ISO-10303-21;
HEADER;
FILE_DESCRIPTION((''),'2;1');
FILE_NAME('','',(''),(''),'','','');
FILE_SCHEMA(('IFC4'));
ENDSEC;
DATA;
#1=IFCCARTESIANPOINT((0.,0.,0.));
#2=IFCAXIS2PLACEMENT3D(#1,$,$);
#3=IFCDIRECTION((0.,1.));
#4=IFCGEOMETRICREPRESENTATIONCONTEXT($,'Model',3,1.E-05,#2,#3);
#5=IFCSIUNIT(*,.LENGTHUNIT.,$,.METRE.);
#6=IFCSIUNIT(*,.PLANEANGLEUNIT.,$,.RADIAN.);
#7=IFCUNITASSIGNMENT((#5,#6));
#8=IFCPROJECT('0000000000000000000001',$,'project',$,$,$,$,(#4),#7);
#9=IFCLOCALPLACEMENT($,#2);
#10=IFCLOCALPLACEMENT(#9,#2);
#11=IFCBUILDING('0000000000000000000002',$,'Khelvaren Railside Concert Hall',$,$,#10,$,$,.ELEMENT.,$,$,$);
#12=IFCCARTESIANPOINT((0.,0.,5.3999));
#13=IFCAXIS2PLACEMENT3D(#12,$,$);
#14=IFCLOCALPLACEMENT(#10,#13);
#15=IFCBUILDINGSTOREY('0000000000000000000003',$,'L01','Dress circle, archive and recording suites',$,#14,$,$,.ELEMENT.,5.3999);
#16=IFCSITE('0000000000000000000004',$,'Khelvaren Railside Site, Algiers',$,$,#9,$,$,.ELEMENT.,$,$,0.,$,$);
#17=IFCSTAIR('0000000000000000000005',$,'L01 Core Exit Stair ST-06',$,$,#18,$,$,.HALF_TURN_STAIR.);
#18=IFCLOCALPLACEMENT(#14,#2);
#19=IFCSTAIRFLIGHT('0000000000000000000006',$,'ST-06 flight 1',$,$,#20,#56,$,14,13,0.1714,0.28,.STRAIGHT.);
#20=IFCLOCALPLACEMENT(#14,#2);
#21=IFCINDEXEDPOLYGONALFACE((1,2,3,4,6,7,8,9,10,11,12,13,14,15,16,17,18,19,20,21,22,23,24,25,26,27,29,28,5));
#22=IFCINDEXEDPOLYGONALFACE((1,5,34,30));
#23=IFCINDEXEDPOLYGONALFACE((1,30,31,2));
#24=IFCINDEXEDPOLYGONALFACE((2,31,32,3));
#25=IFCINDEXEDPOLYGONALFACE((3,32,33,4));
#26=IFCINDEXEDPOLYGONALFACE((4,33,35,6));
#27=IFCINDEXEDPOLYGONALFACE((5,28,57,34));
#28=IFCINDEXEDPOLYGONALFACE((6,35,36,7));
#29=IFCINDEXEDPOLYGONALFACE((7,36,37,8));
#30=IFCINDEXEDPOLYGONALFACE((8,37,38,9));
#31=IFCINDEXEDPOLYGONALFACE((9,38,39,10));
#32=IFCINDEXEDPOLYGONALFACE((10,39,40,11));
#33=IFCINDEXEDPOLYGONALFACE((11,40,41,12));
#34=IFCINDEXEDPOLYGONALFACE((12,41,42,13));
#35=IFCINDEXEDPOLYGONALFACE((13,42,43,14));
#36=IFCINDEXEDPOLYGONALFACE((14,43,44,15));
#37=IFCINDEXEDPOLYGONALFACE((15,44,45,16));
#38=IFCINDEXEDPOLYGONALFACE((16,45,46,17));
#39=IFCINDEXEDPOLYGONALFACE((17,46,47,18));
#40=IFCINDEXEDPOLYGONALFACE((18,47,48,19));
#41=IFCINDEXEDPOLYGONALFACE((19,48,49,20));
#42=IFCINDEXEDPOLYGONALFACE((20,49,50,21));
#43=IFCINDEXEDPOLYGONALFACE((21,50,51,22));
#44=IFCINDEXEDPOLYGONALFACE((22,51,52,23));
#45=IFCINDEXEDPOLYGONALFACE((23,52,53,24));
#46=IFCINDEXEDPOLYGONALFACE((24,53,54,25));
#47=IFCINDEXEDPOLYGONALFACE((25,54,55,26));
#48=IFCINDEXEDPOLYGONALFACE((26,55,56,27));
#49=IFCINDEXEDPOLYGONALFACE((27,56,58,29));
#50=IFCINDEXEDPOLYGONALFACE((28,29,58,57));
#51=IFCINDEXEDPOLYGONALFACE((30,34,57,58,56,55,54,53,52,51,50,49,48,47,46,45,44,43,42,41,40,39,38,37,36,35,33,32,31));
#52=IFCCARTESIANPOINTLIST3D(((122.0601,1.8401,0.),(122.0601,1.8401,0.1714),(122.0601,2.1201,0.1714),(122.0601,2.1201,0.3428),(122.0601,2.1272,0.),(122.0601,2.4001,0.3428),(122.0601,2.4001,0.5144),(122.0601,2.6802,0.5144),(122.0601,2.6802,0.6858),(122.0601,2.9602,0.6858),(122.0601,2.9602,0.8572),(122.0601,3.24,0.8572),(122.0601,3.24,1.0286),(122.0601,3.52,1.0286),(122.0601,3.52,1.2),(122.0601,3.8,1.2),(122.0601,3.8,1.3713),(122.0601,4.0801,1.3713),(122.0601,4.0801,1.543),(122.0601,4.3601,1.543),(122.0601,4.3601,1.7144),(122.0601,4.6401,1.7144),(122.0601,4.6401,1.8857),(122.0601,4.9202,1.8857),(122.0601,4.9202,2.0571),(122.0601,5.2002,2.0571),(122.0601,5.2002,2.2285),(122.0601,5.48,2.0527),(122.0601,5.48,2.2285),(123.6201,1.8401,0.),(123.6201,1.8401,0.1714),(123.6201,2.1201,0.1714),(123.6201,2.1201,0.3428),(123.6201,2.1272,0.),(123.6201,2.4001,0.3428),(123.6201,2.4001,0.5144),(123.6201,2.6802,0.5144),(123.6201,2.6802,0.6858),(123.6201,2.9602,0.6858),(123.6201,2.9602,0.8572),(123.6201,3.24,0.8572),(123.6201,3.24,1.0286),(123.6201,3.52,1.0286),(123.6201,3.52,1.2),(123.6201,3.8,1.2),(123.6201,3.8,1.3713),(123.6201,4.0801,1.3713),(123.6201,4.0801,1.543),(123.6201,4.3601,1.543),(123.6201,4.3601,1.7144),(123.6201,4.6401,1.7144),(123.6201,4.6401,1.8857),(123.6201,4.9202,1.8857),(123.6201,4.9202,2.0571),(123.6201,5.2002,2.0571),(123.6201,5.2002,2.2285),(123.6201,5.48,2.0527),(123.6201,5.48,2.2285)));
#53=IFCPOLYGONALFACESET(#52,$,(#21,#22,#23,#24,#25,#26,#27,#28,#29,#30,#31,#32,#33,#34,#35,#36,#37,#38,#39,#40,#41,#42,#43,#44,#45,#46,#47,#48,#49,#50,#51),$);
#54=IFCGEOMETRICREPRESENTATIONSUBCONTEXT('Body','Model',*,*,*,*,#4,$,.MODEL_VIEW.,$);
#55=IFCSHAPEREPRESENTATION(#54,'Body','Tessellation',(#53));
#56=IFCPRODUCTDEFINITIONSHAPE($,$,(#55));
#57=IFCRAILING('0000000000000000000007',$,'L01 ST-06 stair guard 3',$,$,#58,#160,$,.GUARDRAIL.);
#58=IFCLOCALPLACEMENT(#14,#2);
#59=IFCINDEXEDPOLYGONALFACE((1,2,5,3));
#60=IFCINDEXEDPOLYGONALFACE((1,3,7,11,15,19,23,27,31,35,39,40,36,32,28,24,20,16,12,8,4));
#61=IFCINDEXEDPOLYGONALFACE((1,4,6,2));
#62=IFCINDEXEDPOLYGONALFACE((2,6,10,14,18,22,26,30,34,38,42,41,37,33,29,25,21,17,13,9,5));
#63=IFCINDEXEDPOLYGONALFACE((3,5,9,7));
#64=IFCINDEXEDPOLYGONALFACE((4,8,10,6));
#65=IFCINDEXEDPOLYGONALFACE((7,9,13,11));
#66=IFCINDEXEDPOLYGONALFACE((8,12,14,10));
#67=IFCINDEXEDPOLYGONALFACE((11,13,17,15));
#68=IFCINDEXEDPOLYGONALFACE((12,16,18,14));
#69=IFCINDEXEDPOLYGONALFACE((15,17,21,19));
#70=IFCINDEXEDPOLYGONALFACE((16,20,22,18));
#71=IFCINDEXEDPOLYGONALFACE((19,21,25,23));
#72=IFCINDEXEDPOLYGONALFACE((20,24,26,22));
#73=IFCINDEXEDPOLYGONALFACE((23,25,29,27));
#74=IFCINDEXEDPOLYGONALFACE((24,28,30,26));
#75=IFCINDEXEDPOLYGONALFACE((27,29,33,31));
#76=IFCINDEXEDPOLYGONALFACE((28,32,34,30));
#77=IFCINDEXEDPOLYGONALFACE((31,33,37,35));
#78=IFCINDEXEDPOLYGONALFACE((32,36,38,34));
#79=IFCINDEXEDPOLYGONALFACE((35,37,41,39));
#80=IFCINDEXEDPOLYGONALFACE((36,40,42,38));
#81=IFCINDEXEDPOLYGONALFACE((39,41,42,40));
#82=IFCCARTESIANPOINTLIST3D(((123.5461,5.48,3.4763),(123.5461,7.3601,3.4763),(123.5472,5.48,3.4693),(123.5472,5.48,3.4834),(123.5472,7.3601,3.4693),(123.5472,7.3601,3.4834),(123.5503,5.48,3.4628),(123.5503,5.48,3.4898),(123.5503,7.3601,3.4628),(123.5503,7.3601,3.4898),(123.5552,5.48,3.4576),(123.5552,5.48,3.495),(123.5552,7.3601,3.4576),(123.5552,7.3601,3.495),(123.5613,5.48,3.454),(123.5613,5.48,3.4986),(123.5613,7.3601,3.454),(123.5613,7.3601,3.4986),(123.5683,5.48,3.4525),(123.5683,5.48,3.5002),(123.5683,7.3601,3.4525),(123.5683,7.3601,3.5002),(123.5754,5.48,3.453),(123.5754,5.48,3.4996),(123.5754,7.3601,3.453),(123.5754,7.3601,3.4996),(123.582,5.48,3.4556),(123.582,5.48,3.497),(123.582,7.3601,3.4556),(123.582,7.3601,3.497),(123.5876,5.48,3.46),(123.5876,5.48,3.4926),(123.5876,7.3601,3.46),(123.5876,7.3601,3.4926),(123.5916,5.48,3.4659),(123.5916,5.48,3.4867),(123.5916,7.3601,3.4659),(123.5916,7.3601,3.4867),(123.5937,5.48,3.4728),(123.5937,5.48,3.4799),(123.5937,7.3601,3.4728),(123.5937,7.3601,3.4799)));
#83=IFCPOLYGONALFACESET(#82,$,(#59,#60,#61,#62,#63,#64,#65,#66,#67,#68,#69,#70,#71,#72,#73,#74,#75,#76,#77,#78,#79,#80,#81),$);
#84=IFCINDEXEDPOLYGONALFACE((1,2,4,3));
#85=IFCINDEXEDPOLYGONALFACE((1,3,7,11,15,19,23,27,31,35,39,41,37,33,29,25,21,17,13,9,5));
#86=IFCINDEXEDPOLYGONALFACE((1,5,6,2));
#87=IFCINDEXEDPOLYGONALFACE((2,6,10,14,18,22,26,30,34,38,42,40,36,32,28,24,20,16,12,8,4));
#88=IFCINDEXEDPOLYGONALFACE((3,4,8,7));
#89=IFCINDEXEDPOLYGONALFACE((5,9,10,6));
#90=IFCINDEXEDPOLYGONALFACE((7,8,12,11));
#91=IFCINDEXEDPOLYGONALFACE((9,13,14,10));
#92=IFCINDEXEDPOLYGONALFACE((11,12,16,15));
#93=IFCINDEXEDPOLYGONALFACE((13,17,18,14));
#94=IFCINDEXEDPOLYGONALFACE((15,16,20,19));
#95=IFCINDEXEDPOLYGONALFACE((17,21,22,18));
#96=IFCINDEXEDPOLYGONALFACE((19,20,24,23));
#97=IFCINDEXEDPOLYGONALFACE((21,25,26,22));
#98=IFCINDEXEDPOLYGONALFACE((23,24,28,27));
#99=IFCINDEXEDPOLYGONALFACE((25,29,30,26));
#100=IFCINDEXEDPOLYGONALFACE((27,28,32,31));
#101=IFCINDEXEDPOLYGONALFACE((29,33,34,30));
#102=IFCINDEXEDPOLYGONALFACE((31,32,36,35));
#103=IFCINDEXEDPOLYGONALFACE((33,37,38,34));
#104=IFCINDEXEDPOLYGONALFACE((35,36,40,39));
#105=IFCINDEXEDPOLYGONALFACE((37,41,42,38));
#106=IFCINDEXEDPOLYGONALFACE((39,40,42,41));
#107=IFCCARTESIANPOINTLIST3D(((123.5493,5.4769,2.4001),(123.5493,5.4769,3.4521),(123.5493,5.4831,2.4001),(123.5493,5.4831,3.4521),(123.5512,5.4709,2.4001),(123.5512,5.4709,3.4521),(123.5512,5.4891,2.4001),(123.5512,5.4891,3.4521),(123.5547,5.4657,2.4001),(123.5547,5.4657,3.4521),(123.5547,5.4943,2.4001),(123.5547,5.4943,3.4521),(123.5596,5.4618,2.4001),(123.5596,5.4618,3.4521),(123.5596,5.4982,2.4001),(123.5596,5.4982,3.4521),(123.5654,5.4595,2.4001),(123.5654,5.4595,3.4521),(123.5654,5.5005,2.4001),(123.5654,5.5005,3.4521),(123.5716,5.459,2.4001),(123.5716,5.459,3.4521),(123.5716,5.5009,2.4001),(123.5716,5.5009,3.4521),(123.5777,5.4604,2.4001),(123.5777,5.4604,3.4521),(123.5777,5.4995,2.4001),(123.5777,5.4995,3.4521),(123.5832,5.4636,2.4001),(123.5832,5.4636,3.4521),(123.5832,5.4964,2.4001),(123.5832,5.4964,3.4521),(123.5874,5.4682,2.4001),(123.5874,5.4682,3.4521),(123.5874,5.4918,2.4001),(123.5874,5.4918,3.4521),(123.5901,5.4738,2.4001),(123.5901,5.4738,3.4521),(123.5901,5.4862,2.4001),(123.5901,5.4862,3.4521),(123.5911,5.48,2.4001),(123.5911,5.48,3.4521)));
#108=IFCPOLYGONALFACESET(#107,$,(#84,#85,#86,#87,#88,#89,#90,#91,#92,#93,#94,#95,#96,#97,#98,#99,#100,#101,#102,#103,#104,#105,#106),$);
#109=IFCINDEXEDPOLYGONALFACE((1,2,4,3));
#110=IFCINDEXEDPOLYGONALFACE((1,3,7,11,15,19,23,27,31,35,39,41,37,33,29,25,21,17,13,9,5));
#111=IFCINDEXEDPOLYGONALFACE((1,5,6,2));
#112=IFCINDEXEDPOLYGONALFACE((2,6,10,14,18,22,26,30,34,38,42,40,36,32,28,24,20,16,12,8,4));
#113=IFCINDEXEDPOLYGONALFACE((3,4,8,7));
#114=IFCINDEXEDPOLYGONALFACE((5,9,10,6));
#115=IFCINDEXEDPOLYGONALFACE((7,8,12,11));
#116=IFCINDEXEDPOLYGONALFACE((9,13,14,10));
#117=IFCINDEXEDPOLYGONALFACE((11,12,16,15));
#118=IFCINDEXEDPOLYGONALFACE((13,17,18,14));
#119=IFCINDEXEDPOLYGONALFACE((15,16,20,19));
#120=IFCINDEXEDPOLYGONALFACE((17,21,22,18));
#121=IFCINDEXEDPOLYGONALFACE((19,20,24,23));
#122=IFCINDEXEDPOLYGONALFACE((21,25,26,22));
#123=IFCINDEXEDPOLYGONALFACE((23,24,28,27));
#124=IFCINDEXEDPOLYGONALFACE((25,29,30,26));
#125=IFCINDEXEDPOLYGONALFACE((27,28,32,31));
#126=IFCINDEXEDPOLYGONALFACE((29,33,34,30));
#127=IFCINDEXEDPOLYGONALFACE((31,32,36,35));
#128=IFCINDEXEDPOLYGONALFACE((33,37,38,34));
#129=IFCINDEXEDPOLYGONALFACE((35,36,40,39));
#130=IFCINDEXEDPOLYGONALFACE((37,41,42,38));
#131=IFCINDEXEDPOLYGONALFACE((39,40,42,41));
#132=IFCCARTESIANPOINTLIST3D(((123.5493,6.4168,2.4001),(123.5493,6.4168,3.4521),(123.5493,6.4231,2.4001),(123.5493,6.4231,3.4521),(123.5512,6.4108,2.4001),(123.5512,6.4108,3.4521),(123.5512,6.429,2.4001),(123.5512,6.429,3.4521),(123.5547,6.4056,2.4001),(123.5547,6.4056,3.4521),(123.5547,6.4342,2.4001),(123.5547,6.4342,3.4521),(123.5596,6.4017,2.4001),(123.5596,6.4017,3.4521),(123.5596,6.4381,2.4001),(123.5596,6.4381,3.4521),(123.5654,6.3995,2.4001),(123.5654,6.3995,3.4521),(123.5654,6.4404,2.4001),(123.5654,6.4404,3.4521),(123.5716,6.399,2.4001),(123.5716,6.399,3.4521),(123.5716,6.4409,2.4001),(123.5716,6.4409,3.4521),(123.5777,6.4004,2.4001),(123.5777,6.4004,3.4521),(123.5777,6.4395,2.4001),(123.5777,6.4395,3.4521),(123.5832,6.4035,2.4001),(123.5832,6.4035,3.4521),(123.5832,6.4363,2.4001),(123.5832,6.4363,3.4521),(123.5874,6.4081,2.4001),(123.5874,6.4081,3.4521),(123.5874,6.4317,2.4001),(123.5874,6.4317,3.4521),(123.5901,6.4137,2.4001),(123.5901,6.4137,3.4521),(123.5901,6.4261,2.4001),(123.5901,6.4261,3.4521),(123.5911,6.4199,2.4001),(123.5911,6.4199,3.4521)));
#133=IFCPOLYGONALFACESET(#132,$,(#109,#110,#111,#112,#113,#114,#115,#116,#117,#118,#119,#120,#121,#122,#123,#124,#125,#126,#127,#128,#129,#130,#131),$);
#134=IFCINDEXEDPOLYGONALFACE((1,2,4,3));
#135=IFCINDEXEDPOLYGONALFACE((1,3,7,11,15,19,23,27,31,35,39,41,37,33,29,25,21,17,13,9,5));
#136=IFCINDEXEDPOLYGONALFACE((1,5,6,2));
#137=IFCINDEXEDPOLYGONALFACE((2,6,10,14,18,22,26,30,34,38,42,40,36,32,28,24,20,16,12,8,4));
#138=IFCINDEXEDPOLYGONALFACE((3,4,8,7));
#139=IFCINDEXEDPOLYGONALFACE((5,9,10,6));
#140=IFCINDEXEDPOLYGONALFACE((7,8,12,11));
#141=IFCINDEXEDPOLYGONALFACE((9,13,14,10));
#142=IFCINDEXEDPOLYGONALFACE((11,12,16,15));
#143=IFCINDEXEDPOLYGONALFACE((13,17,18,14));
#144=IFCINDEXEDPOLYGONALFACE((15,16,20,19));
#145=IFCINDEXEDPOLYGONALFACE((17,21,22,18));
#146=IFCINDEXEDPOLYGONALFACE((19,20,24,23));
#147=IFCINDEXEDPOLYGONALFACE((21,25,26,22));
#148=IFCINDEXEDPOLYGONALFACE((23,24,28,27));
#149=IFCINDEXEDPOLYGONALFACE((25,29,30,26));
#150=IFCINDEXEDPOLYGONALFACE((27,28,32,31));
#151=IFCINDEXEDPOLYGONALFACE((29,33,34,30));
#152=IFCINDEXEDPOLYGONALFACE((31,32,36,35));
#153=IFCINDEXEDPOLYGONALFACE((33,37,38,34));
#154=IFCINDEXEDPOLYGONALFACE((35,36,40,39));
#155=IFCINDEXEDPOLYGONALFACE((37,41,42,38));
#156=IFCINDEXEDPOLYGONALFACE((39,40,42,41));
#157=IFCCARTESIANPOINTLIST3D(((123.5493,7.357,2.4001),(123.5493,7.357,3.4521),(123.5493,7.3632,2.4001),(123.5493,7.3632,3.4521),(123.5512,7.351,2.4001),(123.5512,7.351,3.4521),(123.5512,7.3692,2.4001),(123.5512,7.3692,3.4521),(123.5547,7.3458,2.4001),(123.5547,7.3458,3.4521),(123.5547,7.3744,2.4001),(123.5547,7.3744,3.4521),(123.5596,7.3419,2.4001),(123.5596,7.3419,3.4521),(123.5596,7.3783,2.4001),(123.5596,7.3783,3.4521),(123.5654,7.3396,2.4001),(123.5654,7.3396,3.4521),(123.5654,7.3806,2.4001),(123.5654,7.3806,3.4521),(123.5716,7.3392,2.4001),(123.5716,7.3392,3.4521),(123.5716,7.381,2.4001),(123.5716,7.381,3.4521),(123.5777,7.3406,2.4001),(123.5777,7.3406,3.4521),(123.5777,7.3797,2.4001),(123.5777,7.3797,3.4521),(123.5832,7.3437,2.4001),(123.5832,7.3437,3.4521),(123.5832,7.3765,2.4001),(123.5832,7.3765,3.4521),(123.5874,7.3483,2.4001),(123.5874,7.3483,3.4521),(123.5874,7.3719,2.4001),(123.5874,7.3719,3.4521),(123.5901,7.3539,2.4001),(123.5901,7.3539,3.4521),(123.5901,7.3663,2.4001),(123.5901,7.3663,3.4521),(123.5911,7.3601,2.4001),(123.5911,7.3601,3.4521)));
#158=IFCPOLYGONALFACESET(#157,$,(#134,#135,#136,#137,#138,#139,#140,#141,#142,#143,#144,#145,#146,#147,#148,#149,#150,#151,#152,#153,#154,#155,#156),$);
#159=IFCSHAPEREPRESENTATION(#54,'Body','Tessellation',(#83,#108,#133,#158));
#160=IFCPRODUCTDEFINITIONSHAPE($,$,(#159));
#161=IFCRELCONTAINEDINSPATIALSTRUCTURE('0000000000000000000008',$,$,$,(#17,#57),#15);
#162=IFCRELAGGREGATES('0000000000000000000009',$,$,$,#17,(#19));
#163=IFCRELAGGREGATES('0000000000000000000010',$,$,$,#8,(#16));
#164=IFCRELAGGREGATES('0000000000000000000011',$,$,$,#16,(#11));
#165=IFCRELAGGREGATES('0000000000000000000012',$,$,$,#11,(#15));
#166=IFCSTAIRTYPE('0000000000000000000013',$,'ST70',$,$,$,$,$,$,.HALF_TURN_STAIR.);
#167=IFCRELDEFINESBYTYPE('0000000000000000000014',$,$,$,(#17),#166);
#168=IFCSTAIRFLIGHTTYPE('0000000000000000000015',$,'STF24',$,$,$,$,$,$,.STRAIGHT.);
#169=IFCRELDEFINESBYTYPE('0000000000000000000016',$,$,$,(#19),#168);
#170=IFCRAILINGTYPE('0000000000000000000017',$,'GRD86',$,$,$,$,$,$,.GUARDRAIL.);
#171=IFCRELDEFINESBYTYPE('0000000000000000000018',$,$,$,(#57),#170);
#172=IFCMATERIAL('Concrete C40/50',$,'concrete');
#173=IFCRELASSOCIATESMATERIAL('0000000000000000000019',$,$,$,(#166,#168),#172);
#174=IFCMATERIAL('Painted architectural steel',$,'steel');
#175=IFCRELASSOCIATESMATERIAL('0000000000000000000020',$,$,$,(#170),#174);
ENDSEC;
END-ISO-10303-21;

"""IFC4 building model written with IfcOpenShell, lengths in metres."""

from ifc_helpers import new_model, si_unit, direction, frame, origin, origin_2d, place, context, subcontext, project, spatial, polyline, circle, outline, extrude, material, type_object, element, aggregate, save


model = new_model("IFC4")

# Units and contexts
model_context = context("Model", 3, precision=1e-05, world=origin(), true_north=direction((0.0, 1.0)))
body_context = subcontext(model_context, "Body", "Model", "MODEL_VIEW")
ifc_project = project(units=[si_unit("LENGTHUNIT", "METRE"), si_unit("PLANEANGLEUNIT", "RADIAN")], contexts=[model_context])

# Site, building, storey
site_placement = place(None, origin())
site = spatial("IfcSite", under=ifc_project, at=site_placement, Name="Khelvaren Railside Site, Algiers", CompositionType="ELEMENT", RefElevation=0.0)
building_placement = place(site_placement, origin())
building = spatial("IfcBuilding", under=site, at=building_placement, Name="Khelvaren Railside Concert Hall", CompositionType="ELEMENT")
storey_placement = place(building_placement, frame((0.0, 0.0, 5.3999)))
storey = spatial("IfcBuildingStorey", under=building, at=storey_placement, Name="L01", Description="Dress circle, archive and recording suites", CompositionType="ELEMENT", Elevation=5.3999)

# Shared definitions
ifc_material_1 = material(Name="Concrete C40/50", Category="concrete")

# Stair, stair flight
stair_type = type_object("IfcStairType", Name="ST70", PredefinedType="HALF_TURN_STAIR", material=ifc_material_1)
stair_placement = place(storey_placement, origin())
stair = element("IfcStair", 1, at=stair_placement, inside=storey, type_object=stair_type, Name="L01 Core Exit Stair ST-06", PredefinedType="HALF_TURN_STAIR")
stair_flight_type = type_object("IfcStairFlightType", Name="STF24", PredefinedType="STRAIGHT", material=ifc_material_1)
stair_flight_placement = place(storey_placement, frame((122.8401, 1.8401, 0.0), z_axis=(0.0, 0.0, 1.0), x_axis=(0.0, 1.0, 0.0)))
stair_flight = element("IfcStairFlight", 2, at=stair_flight_placement, type_object=stair_flight_type, Name="ST-06 flight 1", NumberOfRisers=14, NumberOfTreads=13, PredefinedType="STRAIGHT", RiserHeight=0.1714, TreadLength=0.28, context=body_context, shape_type="SweptSolid", body=[
    extrude(outline(polyline([(0.0, 0.0), (0.0, 0.1714), (0.28, 0.1714), (0.28, 0.3428), (0.5601, 0.3428), (0.5601, 0.5144), (0.8401, 0.5144), (0.8401, 0.6858), (1.1201, 0.6858), (1.1201, 0.8572), (1.3999, 0.8572), (1.3999, 1.0286), (1.6799, 1.0286), (1.6799, 1.2), (1.96, 1.2), (1.96, 1.3713), (2.24, 1.3713), (2.24, 1.543), (2.52, 1.543), (2.52, 1.7144), (2.8, 1.7144), (2.8, 1.8857), (3.0801, 1.8857), (3.0801, 2.0571), (3.3601, 2.0571), (3.3601, 2.2285), (3.6399, 2.2285), (3.6399, 2.3999), (3.6399, 2.0527), (0.2871, 0.0), (0.0, 0.0)])), frame((0.0, 0.78, 0.0), z_axis=(0.0, -1.0, 0.0), x_axis=(1.0, 0.0, 0.0)), (0.0, 0.0, 1.0), 1.5601),
])
aggregate(stair, [stair_flight])

# Railing
ifc_material_2 = material(Name="Painted architectural steel", Category="steel")
railing_type_1 = type_object("IfcRailingType", Name="GRD86", PredefinedType="GUARDRAIL", material=ifc_material_2)
railing_1_placement = place(storey_placement, frame((123.5701, 5.48, 2.4001)))
element("IfcRailing", 3, at=railing_1_placement, inside=storey, type_object=railing_type_1, Name="L01 ST-06 stair guard 3", PredefinedType="GUARDRAIL", context=body_context, shape_type="SweptSolid", body=[
    extrude(circle(Radius=0.0239, at=origin_2d()), frame((0.0, 0.0, 1.0762), z_axis=(0.0, 1.0, 0.0), x_axis=(-1.0, 0.0, 0.0)), (0.0, 0.0, 1.0), 1.8801),
    extrude(circle(Radius=0.021, at=origin_2d()), origin(), (0.0, 0.0, 1.0), 1.052),
    extrude(circle(Radius=0.021, at=origin_2d()), frame((0.0, 0.9399, 0.0)), (0.0, 0.0, 1.0), 1.052),
    extrude(circle(Radius=0.021, at=origin_2d()), frame((0.0, 1.8801, 0.0)), (0.0, 0.0, 1.0), 1.052),
])

save(model, "model.ifc")
